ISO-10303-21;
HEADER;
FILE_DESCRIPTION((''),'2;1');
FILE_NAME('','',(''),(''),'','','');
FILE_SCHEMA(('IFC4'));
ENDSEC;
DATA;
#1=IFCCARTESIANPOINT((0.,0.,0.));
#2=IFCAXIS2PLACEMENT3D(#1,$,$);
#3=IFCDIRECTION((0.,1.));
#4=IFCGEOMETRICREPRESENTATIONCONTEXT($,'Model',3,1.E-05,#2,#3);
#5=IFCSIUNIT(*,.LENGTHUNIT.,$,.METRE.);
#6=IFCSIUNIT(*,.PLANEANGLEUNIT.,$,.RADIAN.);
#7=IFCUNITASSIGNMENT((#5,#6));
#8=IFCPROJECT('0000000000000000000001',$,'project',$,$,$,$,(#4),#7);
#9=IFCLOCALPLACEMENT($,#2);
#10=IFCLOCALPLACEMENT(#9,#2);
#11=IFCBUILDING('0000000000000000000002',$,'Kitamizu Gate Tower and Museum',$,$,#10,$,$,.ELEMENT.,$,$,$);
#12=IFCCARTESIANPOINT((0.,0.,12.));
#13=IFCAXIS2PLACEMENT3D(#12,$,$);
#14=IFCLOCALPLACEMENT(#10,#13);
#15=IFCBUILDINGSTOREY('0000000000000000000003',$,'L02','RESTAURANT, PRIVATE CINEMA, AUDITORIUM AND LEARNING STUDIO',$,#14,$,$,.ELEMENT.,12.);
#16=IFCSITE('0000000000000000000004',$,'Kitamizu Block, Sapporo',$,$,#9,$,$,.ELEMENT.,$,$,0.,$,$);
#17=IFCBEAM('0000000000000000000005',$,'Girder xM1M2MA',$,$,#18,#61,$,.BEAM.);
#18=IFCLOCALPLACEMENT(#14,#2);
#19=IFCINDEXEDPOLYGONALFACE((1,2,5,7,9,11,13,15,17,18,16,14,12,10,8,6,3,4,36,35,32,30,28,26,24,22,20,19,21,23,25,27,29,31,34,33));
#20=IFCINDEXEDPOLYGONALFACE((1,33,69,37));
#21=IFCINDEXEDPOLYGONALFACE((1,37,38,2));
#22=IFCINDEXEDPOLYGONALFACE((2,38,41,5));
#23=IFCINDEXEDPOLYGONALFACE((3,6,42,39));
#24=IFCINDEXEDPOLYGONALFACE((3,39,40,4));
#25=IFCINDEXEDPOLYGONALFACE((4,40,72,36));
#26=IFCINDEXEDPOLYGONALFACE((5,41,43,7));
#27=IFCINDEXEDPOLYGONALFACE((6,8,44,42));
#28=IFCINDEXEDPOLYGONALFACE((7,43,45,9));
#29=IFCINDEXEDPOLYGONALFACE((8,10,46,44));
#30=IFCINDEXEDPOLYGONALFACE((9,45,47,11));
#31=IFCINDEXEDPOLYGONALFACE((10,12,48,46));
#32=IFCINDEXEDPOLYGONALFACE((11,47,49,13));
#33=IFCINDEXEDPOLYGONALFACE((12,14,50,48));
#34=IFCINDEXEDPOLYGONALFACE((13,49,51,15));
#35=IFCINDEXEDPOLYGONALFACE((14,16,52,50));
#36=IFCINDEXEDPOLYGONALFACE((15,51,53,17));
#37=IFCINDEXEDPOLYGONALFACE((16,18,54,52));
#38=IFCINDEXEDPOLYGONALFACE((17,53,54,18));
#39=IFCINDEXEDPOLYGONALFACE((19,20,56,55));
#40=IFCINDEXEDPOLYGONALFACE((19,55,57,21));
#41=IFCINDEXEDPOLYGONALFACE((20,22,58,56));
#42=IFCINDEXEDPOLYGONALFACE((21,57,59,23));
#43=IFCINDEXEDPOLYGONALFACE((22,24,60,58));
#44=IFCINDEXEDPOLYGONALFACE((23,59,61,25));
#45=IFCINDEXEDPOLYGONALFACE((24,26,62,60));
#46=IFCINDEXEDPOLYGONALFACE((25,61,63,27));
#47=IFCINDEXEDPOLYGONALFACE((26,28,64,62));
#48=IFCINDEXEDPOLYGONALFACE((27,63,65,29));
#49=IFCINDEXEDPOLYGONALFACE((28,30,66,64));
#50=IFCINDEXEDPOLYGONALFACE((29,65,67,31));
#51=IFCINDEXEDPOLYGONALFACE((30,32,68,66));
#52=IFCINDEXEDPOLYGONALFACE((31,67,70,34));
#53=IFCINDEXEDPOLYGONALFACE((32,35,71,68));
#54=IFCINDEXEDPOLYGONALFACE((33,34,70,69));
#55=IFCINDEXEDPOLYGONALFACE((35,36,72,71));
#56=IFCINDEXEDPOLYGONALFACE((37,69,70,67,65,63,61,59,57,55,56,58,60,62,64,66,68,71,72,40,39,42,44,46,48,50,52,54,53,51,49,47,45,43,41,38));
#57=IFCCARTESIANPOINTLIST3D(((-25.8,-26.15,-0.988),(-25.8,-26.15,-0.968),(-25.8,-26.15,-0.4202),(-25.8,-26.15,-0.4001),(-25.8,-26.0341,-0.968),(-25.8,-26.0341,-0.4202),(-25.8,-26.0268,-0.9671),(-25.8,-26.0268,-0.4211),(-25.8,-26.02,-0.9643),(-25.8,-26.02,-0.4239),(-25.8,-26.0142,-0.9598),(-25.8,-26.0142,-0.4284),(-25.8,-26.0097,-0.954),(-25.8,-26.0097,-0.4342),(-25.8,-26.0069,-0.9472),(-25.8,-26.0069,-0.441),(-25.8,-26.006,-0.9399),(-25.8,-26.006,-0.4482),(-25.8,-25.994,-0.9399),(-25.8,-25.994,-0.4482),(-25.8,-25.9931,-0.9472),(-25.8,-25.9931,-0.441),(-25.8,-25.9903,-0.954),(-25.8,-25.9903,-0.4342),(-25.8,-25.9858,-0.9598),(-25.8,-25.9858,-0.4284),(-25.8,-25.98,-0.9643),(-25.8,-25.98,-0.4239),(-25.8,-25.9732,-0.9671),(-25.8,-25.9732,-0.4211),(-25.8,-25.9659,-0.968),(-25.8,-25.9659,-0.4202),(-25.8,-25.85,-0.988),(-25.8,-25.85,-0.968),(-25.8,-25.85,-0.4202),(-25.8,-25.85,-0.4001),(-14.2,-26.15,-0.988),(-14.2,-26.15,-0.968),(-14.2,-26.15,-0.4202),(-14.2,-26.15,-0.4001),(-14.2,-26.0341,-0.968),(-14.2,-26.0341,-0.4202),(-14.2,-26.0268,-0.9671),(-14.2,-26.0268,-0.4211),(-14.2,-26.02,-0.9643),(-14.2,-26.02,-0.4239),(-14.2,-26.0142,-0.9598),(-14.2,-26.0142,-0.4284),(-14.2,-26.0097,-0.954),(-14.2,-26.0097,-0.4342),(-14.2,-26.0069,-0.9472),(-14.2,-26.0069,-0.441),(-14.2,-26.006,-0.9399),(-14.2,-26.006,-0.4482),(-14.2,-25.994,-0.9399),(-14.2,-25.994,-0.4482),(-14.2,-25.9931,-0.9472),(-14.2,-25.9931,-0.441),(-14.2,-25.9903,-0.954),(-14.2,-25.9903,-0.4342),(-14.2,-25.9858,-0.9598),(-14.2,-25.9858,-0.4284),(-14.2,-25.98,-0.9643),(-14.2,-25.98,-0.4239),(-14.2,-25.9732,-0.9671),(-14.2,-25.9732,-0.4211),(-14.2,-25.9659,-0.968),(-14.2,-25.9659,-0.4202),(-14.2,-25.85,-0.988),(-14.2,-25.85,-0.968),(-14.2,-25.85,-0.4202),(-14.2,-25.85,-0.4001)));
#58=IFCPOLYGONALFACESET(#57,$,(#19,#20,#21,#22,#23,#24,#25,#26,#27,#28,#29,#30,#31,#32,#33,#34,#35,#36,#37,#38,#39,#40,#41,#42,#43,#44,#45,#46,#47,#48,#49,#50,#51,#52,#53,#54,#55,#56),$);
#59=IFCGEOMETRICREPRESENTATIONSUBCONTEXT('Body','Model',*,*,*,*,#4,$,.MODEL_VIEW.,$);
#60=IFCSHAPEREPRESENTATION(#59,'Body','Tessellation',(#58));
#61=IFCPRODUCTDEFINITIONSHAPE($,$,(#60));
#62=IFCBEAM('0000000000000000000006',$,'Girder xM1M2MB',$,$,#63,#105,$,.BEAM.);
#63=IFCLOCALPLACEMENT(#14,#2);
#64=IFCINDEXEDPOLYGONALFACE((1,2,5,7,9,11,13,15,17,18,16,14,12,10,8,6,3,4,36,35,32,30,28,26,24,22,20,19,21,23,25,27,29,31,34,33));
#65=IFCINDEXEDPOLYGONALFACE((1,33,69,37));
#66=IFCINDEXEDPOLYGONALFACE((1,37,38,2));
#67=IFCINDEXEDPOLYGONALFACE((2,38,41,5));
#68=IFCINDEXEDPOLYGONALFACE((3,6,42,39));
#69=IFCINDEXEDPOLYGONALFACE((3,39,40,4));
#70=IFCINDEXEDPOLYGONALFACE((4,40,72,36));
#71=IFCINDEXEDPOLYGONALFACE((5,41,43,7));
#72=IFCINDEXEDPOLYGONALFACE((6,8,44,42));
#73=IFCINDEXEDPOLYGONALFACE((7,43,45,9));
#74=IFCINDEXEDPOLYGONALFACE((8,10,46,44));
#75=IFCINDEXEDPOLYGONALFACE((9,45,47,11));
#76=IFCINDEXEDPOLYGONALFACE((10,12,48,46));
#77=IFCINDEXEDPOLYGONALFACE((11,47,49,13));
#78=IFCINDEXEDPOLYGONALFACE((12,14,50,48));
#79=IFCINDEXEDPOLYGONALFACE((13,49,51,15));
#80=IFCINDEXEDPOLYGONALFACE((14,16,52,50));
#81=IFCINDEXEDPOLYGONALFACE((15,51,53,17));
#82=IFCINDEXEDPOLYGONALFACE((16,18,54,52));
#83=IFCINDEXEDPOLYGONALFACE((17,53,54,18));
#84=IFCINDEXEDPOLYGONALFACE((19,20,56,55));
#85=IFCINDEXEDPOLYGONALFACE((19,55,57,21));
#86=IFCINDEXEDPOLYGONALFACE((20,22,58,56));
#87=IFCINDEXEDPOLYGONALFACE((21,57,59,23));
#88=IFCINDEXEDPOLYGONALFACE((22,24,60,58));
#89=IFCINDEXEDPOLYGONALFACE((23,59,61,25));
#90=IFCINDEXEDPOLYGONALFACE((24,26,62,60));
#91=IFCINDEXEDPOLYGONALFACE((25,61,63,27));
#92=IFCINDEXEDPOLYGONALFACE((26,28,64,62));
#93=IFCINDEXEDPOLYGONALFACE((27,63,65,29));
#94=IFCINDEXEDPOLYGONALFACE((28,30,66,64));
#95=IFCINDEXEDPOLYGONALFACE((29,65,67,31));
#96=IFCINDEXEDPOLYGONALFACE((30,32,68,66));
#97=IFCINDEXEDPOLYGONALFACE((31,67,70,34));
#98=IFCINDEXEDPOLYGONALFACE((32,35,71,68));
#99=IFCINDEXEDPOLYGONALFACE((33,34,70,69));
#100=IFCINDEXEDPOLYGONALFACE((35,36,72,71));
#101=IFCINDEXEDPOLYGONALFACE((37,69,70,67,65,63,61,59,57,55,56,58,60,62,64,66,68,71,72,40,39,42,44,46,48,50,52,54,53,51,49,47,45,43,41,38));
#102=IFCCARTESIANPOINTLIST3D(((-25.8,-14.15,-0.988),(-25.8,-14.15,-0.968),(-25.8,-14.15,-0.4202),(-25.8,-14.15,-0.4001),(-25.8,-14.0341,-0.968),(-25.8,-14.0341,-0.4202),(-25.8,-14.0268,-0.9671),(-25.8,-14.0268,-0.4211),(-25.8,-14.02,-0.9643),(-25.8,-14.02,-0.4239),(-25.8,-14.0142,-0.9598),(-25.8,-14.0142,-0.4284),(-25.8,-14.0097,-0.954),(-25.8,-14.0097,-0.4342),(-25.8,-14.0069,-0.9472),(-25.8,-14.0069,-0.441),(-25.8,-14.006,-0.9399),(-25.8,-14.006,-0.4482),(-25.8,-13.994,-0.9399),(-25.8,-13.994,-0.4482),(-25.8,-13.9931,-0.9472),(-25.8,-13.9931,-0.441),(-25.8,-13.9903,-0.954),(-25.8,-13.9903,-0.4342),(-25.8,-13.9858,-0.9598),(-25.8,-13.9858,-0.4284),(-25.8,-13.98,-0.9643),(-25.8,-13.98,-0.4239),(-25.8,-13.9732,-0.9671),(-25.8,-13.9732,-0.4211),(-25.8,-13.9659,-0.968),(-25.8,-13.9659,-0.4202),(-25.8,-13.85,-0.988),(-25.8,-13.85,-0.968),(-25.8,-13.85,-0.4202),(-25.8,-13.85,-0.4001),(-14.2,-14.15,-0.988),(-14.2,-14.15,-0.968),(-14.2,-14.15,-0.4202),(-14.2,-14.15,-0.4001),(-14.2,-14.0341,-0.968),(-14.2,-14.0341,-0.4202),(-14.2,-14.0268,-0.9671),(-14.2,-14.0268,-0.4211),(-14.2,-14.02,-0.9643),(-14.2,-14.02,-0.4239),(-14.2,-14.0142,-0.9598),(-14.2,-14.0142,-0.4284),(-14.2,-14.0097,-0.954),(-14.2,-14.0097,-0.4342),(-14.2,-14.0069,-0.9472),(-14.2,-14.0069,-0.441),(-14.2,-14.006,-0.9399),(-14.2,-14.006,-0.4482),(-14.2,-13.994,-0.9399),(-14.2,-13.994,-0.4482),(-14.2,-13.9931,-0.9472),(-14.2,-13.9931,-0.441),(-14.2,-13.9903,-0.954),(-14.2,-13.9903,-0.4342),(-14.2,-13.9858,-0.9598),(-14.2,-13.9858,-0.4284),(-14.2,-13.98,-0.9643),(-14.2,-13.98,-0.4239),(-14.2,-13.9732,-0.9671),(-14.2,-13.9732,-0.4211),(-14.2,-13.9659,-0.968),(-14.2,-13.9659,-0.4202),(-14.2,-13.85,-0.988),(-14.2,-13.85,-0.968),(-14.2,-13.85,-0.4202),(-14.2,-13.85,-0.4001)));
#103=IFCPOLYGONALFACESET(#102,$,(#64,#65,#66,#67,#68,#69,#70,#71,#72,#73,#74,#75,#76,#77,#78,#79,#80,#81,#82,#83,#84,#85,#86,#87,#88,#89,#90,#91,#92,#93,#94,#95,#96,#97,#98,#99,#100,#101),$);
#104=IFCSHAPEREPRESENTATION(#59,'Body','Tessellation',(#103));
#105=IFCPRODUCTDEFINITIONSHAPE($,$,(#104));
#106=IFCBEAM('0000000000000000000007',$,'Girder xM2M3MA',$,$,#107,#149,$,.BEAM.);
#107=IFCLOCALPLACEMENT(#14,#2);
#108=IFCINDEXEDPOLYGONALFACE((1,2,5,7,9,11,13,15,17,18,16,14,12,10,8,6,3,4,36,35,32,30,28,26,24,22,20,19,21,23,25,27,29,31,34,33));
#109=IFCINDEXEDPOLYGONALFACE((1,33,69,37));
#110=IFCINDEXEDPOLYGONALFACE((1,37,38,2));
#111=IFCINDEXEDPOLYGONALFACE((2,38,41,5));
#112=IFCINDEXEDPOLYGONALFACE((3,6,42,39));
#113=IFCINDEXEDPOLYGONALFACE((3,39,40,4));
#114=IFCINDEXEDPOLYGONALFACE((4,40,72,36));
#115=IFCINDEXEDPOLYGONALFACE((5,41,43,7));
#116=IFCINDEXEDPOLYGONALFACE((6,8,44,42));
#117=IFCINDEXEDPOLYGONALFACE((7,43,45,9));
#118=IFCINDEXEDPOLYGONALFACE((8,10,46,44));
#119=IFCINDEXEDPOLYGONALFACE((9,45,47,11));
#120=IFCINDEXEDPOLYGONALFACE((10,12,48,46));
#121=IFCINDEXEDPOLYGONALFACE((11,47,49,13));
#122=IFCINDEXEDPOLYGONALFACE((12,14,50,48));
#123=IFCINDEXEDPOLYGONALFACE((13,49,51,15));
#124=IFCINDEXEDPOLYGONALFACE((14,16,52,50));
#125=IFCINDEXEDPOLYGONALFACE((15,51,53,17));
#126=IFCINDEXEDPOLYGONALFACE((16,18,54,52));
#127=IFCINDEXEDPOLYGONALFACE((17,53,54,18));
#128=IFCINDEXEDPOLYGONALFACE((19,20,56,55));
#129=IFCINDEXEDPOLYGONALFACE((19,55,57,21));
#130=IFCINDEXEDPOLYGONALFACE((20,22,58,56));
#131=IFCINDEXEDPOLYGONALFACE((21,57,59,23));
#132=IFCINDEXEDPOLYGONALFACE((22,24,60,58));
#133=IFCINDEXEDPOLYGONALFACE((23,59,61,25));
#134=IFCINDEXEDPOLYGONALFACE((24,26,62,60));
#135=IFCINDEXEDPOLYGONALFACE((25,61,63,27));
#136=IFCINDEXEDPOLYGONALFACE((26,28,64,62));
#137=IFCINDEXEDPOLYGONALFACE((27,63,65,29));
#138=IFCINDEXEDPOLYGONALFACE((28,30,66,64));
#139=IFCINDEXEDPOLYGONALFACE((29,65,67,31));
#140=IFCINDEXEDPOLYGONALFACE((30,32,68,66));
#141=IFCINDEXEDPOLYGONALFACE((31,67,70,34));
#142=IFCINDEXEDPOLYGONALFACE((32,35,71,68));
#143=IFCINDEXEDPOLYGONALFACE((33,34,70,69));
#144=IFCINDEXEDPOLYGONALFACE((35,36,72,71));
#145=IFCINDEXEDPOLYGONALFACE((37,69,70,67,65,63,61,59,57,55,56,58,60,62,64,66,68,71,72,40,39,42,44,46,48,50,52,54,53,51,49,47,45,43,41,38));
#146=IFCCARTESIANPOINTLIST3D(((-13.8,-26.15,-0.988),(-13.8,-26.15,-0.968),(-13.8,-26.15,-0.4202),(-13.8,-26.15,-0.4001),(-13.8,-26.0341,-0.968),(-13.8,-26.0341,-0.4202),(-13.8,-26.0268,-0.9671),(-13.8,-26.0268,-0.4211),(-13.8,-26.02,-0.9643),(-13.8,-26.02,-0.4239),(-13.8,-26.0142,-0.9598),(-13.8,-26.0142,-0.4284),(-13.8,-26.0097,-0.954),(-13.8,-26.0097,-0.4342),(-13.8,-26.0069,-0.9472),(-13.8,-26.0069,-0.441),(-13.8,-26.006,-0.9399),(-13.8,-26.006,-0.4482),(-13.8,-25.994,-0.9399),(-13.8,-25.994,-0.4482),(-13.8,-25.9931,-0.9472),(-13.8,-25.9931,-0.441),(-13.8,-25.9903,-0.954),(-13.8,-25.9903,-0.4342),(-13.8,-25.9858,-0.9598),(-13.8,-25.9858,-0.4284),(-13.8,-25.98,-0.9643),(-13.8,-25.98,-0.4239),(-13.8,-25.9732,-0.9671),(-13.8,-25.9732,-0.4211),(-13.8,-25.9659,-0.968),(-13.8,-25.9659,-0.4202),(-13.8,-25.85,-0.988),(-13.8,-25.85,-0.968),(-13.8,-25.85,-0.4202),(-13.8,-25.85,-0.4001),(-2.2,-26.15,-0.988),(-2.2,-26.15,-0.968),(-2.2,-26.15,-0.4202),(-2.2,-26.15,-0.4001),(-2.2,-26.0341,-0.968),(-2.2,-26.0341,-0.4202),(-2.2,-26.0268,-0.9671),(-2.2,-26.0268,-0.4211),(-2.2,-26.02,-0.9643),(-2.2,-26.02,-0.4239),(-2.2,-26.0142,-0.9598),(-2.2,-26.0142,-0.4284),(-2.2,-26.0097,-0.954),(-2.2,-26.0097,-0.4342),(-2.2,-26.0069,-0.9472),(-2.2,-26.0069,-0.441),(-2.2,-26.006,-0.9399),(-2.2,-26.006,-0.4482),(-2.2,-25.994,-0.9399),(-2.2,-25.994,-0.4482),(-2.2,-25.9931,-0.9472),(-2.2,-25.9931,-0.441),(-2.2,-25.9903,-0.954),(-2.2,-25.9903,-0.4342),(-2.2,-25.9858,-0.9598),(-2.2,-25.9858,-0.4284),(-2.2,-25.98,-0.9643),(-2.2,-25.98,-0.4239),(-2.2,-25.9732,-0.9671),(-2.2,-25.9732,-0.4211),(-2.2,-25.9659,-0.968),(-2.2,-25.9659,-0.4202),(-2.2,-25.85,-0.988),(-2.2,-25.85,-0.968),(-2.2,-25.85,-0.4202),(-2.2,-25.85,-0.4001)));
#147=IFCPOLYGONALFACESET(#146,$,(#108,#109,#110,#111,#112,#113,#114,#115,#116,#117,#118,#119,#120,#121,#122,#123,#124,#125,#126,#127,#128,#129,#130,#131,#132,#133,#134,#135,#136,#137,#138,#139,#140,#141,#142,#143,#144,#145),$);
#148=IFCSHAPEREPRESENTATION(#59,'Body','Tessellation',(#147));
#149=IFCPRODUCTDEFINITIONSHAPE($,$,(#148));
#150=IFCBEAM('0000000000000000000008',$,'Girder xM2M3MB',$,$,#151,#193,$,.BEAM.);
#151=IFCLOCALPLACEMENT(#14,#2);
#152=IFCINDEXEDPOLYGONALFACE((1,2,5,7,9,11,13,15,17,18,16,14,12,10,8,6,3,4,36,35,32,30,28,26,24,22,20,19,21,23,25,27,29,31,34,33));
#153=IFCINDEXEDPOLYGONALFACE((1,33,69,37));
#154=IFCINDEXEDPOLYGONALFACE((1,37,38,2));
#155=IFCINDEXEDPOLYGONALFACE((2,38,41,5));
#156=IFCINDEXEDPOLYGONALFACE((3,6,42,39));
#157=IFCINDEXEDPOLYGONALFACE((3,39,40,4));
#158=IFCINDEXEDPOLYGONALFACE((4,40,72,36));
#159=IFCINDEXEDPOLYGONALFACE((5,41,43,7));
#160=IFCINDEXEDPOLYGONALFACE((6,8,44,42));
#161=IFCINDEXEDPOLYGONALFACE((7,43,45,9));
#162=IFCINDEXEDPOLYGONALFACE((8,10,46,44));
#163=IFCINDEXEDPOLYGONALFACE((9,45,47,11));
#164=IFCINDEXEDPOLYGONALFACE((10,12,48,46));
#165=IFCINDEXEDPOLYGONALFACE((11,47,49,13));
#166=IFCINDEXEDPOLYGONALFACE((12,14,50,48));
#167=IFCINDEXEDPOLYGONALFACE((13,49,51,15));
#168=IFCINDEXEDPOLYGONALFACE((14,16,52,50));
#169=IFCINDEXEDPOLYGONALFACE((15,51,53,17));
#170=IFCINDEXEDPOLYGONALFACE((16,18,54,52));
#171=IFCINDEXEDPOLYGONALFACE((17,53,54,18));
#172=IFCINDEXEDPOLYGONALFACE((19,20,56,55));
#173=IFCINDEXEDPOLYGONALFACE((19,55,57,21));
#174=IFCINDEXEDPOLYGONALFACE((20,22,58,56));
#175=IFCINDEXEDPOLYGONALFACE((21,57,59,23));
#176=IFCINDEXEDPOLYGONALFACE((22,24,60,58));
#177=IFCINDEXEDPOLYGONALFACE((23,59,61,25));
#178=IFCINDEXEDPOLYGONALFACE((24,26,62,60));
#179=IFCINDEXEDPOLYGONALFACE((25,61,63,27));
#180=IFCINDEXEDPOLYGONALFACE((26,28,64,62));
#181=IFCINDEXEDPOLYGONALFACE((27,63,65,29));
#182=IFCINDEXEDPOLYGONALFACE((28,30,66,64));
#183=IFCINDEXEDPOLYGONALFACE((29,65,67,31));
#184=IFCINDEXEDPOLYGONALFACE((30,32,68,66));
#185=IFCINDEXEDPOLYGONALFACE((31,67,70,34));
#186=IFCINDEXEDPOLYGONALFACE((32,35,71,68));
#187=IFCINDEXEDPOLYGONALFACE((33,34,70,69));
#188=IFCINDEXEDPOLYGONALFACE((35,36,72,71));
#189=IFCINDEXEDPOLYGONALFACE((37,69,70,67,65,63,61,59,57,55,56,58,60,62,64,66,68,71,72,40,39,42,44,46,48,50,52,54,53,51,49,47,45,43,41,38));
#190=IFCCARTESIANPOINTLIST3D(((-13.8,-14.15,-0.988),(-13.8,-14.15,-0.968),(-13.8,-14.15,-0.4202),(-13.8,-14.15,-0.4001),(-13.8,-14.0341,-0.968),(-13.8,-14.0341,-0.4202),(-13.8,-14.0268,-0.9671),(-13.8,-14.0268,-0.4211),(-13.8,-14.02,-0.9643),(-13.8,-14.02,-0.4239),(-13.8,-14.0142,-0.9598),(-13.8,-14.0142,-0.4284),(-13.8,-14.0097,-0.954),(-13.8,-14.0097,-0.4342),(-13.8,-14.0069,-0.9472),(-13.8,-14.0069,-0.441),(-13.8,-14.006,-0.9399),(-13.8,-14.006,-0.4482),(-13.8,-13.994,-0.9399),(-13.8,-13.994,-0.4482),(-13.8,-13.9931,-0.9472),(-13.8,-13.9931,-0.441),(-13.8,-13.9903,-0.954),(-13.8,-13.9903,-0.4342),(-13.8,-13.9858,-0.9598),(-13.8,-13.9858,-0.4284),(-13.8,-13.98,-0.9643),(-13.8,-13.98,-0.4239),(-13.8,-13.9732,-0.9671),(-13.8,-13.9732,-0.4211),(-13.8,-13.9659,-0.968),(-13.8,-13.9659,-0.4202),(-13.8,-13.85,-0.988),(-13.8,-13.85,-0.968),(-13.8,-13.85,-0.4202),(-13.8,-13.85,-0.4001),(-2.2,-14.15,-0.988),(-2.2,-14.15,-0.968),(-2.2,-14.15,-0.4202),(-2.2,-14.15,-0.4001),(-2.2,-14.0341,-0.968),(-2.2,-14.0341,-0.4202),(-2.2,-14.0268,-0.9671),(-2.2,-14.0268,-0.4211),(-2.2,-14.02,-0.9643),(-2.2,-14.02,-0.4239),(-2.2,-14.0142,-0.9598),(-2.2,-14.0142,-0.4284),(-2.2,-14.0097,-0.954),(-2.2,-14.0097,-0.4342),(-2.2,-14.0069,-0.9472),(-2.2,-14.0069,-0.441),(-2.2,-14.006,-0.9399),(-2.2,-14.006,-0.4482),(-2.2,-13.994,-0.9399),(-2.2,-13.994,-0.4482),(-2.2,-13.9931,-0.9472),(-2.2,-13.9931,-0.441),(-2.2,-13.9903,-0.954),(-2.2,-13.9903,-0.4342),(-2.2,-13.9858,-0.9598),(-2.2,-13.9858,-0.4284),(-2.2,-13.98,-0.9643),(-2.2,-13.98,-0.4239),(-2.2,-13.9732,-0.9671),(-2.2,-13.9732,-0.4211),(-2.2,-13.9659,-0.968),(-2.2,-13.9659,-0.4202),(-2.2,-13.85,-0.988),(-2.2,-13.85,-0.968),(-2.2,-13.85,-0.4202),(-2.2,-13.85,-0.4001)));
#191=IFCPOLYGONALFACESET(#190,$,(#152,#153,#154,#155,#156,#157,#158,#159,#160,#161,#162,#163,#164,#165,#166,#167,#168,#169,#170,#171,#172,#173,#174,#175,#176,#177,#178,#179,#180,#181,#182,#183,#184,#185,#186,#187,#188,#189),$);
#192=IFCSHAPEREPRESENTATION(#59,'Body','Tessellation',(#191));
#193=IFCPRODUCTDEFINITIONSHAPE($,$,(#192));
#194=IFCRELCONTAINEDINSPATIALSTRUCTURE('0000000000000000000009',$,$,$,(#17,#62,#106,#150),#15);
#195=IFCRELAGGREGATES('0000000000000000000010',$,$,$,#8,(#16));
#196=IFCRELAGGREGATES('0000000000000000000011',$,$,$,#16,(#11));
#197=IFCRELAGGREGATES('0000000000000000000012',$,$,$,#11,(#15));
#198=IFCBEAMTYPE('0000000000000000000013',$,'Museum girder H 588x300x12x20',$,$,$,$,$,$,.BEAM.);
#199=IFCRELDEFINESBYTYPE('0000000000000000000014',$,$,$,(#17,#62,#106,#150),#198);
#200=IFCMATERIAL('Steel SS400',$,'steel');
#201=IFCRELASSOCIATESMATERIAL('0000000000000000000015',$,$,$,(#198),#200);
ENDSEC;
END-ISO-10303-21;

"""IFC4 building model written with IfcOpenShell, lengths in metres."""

from ifc_helpers import new_model, si_unit, direction, frame, origin, origin_2d, place, context, subcontext, project, spatial, i_section, extrude, material, material_profile, profile_set, type_object, element, save


model = new_model("IFC4")

# Units and contexts
model_context = context("Model", 3, precision=1e-05, world=origin(), true_north=direction((0.0, 1.0)))
body_context = subcontext(model_context, "Body", "Model", "MODEL_VIEW")
ifc_project = project(units=[si_unit("LENGTHUNIT", "METRE"), si_unit("PLANEANGLEUNIT", "RADIAN")], contexts=[model_context])

# Site, building, storey
site_placement = place(None, origin())
site = spatial("IfcSite", under=ifc_project, at=site_placement, Name="Kitamizu Block, Sapporo", CompositionType="ELEMENT", RefElevation=0.0)
building_placement = place(site_placement, origin())
building = spatial("IfcBuilding", under=site, at=building_placement, Name="Kitamizu Gate Tower and Museum", CompositionType="ELEMENT")
storey_placement = place(building_placement, frame((0.0, 0.0, 12.0)))
storey = spatial("IfcBuildingStorey", under=building, at=storey_placement, Name="L02", Description="RESTAURANT, PRIVATE CINEMA, AUDITORIUM AND LEARNING STUDIO", CompositionType="ELEMENT", Elevation=12.0)

# Beams
ifc_material_1 = material(Name="Steel SS400", Category="steel")
ifc_material_profile_1 = material_profile(ifc_material_1, i_section(OverallWidth=0.3, OverallDepth=0.5879, WebThickness=0.012, FlangeThickness=0.02, FilletRadius=0.0281, at=origin_2d()), Name="H-588x300x12x20")
ifc_profile_set_1 = profile_set([ifc_material_profile_1], Name="Steel SS400")
beam_type_1 = type_object("IfcBeamType", Name="Museum girder H 588x300x12x20", PredefinedType="BEAM", material=ifc_profile_set_1)
for number, where, z_axis, x_axis, name in (
    (1, (-25.8, -26.0, -0.6941), (1.0, 0.0, 0.0), (0.0, 1.0, 0.0), "Girder xM1M2MA"),
    (2, (-25.8, -14.0, -0.6941), (1.0, 0.0, 0.0), (0.0, 1.0, 0.0), "Girder xM1M2MB"),
    (3, (-13.8, -26.0, -0.6941), (1.0, 0.0, 0.0), (0.0, 1.0, 0.0), "Girder xM2M3MA"),
    (4, (-13.8, -14.0, -0.6941), (1.0, 0.0, 0.0), (0.0, 1.0, 0.0), "Girder xM2M3MB"),
):
    element("IfcBeam", number, at=place(storey_placement, frame(where, z_axis=z_axis, x_axis=x_axis)), inside=storey, type_object=beam_type_1, Name=name, PredefinedType="BEAM", context=body_context, shape_type="SweptSolid", body=[
        extrude(i_section(OverallWidth=0.3, OverallDepth=0.5879, WebThickness=0.012, FlangeThickness=0.02, FilletRadius=0.0281, at=origin_2d()), origin(), (0.0, 0.0, 1.0), 11.6001),
    ])

save(model, "model.ifc")
